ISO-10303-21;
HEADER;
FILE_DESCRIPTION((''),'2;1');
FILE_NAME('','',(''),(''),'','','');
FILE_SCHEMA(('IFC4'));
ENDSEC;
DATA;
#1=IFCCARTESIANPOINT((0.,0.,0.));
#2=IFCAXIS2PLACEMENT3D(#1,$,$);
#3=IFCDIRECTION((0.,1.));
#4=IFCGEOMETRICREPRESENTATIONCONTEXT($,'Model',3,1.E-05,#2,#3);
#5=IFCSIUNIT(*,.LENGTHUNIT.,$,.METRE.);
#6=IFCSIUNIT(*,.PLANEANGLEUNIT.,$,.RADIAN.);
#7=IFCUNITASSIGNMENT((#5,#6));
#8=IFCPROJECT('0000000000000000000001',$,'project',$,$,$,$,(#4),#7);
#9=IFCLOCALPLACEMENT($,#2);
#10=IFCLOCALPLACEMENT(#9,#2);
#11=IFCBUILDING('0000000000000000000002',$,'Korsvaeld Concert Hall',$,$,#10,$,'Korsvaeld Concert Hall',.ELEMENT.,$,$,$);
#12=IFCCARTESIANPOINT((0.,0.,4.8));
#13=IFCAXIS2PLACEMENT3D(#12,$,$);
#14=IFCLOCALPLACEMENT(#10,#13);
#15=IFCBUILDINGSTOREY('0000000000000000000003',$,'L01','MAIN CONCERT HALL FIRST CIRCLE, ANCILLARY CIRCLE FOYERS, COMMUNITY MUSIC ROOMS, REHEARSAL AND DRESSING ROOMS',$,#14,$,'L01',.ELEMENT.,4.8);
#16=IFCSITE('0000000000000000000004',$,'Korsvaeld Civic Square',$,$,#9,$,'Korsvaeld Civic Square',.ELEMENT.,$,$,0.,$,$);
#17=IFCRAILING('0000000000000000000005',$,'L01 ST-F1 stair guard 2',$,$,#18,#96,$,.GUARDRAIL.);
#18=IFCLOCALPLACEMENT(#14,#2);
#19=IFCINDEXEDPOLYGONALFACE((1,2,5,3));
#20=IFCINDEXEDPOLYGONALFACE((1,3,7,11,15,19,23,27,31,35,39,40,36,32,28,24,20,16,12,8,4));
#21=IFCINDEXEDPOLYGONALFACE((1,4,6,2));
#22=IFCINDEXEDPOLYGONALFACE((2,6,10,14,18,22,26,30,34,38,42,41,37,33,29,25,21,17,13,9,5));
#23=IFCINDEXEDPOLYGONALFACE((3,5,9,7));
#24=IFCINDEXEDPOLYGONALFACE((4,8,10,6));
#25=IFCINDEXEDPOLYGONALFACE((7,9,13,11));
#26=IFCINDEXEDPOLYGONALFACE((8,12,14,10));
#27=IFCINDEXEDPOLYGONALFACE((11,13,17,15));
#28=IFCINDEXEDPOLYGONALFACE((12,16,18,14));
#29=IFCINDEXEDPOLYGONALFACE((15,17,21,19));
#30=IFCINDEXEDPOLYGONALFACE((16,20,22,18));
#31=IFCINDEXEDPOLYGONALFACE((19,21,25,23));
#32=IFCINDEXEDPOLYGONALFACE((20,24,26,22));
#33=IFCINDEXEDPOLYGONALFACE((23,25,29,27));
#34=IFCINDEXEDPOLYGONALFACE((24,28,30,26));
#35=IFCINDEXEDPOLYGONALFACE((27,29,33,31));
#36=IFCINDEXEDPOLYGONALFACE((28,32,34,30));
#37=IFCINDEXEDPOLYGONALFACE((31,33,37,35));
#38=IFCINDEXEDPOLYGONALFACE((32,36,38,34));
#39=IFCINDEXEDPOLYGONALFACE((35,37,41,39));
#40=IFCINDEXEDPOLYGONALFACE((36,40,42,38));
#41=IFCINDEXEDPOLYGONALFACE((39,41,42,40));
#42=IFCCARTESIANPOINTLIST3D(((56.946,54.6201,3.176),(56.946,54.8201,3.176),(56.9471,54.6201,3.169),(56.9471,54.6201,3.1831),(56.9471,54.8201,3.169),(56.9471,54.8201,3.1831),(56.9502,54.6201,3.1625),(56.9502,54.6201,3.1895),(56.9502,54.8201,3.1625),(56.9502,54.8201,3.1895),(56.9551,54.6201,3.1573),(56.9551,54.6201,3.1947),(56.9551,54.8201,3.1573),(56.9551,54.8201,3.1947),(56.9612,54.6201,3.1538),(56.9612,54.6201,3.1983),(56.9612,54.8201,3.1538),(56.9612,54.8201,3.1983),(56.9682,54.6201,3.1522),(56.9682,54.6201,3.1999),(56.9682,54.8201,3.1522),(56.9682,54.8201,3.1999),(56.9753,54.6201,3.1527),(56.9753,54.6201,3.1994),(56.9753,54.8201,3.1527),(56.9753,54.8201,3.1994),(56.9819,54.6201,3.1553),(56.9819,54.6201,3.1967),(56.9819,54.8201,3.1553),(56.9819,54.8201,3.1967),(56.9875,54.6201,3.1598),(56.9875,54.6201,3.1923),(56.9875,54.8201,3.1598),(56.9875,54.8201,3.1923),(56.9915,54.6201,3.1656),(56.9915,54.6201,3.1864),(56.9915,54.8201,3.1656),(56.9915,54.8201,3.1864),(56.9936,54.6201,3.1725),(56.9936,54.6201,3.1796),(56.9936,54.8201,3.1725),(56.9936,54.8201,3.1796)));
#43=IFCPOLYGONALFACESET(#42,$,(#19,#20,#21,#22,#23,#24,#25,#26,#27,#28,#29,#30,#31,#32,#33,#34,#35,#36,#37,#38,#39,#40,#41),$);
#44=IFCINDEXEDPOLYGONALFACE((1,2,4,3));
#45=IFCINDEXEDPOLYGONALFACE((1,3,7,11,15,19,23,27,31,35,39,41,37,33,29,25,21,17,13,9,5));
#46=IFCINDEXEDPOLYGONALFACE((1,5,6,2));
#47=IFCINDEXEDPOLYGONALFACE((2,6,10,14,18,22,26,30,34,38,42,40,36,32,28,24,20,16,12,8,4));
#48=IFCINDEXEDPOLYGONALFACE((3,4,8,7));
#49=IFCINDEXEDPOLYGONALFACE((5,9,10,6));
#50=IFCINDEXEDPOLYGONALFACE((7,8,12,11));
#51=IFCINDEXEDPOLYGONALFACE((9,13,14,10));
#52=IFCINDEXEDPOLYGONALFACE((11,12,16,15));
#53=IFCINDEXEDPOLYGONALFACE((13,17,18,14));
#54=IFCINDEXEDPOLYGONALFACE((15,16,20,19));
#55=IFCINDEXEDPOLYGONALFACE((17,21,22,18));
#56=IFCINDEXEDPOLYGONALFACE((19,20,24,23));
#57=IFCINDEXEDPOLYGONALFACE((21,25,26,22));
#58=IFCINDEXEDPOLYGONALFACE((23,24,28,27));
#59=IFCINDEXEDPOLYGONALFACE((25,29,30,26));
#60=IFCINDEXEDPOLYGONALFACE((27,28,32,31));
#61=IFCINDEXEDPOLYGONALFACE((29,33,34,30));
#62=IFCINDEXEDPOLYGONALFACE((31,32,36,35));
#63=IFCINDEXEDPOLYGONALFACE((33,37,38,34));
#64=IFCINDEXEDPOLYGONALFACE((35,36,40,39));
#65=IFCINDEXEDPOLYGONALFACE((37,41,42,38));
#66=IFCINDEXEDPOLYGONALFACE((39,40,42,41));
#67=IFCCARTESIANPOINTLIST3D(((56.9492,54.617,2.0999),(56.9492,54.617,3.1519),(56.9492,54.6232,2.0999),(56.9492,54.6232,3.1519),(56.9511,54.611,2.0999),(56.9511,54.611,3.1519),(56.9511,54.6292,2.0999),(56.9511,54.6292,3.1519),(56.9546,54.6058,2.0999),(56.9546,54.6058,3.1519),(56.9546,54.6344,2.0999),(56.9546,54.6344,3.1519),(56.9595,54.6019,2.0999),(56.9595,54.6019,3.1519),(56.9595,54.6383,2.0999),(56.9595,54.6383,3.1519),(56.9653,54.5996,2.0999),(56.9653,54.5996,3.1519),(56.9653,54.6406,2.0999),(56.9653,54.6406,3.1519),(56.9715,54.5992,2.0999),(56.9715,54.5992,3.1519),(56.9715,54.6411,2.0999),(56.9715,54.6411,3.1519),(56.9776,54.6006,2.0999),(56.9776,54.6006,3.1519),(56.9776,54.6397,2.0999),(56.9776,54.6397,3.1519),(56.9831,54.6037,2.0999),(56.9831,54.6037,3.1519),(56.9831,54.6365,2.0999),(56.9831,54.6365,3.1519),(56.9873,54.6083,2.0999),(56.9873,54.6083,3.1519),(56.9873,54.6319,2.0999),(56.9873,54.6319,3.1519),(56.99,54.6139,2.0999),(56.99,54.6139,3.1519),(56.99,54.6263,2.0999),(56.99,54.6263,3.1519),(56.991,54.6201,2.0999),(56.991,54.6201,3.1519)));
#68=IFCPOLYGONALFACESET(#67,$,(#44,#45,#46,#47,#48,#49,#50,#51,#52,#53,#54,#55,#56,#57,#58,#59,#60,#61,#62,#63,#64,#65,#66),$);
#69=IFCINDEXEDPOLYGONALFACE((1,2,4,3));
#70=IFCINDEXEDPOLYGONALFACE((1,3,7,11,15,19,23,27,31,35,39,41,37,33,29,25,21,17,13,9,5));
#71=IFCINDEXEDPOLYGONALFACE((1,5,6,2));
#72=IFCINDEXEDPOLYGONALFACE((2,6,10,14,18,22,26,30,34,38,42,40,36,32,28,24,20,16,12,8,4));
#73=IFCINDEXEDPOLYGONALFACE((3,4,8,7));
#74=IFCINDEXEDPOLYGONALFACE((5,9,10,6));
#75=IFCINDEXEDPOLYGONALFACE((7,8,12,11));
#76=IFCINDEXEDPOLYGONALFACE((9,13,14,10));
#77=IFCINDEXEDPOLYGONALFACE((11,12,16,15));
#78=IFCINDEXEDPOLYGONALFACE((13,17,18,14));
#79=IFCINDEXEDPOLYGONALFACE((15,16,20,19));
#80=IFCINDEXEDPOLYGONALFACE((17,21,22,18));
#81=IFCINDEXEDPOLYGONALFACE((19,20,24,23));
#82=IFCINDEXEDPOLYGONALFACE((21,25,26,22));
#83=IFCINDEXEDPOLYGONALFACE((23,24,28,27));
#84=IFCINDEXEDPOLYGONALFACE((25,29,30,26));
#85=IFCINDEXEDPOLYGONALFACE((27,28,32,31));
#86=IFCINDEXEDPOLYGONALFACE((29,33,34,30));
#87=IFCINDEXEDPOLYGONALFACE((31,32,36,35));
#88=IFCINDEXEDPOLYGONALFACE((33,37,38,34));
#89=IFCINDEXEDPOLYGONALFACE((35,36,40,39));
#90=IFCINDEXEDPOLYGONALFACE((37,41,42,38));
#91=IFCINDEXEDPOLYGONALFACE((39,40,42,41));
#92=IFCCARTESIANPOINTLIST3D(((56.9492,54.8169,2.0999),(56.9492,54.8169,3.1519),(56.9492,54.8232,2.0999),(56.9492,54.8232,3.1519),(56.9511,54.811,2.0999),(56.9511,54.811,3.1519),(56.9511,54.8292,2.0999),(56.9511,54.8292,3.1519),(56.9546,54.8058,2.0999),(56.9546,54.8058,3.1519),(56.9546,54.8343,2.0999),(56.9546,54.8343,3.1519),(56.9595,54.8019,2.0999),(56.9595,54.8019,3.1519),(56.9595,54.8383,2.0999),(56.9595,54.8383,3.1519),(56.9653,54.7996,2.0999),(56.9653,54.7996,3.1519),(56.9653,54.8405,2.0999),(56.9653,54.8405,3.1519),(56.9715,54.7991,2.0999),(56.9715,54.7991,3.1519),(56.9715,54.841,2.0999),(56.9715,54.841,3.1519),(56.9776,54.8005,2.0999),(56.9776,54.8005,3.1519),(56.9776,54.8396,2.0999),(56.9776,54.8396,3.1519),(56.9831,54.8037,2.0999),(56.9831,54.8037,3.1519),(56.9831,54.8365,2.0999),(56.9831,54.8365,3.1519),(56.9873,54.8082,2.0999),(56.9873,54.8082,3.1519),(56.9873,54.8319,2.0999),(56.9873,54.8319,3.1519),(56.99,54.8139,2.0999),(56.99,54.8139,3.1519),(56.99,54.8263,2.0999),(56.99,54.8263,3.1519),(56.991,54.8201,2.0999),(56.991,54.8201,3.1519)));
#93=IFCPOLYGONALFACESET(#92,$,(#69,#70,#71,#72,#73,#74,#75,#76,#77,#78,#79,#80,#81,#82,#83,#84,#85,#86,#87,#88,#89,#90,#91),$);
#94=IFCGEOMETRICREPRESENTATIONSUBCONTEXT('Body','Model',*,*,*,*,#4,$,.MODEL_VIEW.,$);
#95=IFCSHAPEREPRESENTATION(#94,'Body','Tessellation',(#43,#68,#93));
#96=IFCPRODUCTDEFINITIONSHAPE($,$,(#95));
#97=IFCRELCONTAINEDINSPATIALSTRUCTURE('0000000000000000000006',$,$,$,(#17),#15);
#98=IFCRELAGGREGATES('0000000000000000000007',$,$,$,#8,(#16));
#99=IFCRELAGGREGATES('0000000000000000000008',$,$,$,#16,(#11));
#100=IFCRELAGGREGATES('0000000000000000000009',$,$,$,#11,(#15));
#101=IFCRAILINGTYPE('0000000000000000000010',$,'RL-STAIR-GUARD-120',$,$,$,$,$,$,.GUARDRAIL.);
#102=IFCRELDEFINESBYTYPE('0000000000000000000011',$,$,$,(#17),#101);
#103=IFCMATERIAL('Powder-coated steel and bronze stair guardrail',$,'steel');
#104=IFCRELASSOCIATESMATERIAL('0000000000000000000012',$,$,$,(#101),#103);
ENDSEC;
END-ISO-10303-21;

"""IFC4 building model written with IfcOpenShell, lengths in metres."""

from ifc_helpers import new_model, si_unit, direction, frame, origin, origin_2d, place, context, subcontext, project, spatial, circle, extrude, material, type_object, element, save


model = new_model("IFC4")

# Units and contexts
model_context = context("Model", 3, precision=1e-05, world=origin(), true_north=direction((0.0, 1.0)))
body_context = subcontext(model_context, "Body", "Model", "MODEL_VIEW")
ifc_project = project(units=[si_unit("LENGTHUNIT", "METRE"), si_unit("PLANEANGLEUNIT", "RADIAN")], contexts=[model_context])

# Site, building, storey
site_placement = place(None, origin())
site = spatial("IfcSite", under=ifc_project, at=site_placement, Name="Korsvaeld Civic Square", LongName="Korsvaeld Civic Square", CompositionType="ELEMENT", RefElevation=0.0)
building_placement = place(site_placement, origin())
building = spatial("IfcBuilding", under=site, at=building_placement, Name="Korsvaeld Concert Hall", LongName="Korsvaeld Concert Hall", CompositionType="ELEMENT")
storey_placement = place(building_placement, frame((0.0, 0.0, 4.8)))
storey = spatial("IfcBuildingStorey", under=building, at=storey_placement, Name="L01", Description="MAIN CONCERT HALL FIRST CIRCLE, ANCILLARY CIRCLE FOYERS, COMMUNITY MUSIC ROOMS, REHEARSAL AND DRESSING ROOMS", LongName="L01", CompositionType="ELEMENT", Elevation=4.8)

# Railing
ifc_material_1 = material(Name="Powder-coated steel and bronze stair guardrail", Category="steel")
railing_type_1 = type_object("IfcRailingType", Name="RL-STAIR-GUARD-120", PredefinedType="GUARDRAIL", material=ifc_material_1)
railing_1_placement = place(storey_placement, frame((56.97, 54.6201, 2.0999)))
element("IfcRailing", 1, at=railing_1_placement, inside=storey, type_object=railing_type_1, Name="L01 ST-F1 stair guard 2", PredefinedType="GUARDRAIL", context=body_context, shape_type="SweptSolid", body=[
    extrude(circle(Radius=0.0239, at=origin_2d()), frame((0.0, 0.0, 1.0762), z_axis=(0.0, 1.0, 0.0), x_axis=(-1.0, 0.0, 0.0)), (0.0, 0.0, 1.0), 0.2),
    extrude(circle(Radius=0.021, at=origin_2d()), origin(), (0.0, 0.0, 1.0), 1.052),
    extrude(circle(Radius=0.021, at=origin_2d()), frame((0.0, 0.2, 0.0)), (0.0, 0.0, 1.0), 1.052),
])

save(model, "model.ifc")
